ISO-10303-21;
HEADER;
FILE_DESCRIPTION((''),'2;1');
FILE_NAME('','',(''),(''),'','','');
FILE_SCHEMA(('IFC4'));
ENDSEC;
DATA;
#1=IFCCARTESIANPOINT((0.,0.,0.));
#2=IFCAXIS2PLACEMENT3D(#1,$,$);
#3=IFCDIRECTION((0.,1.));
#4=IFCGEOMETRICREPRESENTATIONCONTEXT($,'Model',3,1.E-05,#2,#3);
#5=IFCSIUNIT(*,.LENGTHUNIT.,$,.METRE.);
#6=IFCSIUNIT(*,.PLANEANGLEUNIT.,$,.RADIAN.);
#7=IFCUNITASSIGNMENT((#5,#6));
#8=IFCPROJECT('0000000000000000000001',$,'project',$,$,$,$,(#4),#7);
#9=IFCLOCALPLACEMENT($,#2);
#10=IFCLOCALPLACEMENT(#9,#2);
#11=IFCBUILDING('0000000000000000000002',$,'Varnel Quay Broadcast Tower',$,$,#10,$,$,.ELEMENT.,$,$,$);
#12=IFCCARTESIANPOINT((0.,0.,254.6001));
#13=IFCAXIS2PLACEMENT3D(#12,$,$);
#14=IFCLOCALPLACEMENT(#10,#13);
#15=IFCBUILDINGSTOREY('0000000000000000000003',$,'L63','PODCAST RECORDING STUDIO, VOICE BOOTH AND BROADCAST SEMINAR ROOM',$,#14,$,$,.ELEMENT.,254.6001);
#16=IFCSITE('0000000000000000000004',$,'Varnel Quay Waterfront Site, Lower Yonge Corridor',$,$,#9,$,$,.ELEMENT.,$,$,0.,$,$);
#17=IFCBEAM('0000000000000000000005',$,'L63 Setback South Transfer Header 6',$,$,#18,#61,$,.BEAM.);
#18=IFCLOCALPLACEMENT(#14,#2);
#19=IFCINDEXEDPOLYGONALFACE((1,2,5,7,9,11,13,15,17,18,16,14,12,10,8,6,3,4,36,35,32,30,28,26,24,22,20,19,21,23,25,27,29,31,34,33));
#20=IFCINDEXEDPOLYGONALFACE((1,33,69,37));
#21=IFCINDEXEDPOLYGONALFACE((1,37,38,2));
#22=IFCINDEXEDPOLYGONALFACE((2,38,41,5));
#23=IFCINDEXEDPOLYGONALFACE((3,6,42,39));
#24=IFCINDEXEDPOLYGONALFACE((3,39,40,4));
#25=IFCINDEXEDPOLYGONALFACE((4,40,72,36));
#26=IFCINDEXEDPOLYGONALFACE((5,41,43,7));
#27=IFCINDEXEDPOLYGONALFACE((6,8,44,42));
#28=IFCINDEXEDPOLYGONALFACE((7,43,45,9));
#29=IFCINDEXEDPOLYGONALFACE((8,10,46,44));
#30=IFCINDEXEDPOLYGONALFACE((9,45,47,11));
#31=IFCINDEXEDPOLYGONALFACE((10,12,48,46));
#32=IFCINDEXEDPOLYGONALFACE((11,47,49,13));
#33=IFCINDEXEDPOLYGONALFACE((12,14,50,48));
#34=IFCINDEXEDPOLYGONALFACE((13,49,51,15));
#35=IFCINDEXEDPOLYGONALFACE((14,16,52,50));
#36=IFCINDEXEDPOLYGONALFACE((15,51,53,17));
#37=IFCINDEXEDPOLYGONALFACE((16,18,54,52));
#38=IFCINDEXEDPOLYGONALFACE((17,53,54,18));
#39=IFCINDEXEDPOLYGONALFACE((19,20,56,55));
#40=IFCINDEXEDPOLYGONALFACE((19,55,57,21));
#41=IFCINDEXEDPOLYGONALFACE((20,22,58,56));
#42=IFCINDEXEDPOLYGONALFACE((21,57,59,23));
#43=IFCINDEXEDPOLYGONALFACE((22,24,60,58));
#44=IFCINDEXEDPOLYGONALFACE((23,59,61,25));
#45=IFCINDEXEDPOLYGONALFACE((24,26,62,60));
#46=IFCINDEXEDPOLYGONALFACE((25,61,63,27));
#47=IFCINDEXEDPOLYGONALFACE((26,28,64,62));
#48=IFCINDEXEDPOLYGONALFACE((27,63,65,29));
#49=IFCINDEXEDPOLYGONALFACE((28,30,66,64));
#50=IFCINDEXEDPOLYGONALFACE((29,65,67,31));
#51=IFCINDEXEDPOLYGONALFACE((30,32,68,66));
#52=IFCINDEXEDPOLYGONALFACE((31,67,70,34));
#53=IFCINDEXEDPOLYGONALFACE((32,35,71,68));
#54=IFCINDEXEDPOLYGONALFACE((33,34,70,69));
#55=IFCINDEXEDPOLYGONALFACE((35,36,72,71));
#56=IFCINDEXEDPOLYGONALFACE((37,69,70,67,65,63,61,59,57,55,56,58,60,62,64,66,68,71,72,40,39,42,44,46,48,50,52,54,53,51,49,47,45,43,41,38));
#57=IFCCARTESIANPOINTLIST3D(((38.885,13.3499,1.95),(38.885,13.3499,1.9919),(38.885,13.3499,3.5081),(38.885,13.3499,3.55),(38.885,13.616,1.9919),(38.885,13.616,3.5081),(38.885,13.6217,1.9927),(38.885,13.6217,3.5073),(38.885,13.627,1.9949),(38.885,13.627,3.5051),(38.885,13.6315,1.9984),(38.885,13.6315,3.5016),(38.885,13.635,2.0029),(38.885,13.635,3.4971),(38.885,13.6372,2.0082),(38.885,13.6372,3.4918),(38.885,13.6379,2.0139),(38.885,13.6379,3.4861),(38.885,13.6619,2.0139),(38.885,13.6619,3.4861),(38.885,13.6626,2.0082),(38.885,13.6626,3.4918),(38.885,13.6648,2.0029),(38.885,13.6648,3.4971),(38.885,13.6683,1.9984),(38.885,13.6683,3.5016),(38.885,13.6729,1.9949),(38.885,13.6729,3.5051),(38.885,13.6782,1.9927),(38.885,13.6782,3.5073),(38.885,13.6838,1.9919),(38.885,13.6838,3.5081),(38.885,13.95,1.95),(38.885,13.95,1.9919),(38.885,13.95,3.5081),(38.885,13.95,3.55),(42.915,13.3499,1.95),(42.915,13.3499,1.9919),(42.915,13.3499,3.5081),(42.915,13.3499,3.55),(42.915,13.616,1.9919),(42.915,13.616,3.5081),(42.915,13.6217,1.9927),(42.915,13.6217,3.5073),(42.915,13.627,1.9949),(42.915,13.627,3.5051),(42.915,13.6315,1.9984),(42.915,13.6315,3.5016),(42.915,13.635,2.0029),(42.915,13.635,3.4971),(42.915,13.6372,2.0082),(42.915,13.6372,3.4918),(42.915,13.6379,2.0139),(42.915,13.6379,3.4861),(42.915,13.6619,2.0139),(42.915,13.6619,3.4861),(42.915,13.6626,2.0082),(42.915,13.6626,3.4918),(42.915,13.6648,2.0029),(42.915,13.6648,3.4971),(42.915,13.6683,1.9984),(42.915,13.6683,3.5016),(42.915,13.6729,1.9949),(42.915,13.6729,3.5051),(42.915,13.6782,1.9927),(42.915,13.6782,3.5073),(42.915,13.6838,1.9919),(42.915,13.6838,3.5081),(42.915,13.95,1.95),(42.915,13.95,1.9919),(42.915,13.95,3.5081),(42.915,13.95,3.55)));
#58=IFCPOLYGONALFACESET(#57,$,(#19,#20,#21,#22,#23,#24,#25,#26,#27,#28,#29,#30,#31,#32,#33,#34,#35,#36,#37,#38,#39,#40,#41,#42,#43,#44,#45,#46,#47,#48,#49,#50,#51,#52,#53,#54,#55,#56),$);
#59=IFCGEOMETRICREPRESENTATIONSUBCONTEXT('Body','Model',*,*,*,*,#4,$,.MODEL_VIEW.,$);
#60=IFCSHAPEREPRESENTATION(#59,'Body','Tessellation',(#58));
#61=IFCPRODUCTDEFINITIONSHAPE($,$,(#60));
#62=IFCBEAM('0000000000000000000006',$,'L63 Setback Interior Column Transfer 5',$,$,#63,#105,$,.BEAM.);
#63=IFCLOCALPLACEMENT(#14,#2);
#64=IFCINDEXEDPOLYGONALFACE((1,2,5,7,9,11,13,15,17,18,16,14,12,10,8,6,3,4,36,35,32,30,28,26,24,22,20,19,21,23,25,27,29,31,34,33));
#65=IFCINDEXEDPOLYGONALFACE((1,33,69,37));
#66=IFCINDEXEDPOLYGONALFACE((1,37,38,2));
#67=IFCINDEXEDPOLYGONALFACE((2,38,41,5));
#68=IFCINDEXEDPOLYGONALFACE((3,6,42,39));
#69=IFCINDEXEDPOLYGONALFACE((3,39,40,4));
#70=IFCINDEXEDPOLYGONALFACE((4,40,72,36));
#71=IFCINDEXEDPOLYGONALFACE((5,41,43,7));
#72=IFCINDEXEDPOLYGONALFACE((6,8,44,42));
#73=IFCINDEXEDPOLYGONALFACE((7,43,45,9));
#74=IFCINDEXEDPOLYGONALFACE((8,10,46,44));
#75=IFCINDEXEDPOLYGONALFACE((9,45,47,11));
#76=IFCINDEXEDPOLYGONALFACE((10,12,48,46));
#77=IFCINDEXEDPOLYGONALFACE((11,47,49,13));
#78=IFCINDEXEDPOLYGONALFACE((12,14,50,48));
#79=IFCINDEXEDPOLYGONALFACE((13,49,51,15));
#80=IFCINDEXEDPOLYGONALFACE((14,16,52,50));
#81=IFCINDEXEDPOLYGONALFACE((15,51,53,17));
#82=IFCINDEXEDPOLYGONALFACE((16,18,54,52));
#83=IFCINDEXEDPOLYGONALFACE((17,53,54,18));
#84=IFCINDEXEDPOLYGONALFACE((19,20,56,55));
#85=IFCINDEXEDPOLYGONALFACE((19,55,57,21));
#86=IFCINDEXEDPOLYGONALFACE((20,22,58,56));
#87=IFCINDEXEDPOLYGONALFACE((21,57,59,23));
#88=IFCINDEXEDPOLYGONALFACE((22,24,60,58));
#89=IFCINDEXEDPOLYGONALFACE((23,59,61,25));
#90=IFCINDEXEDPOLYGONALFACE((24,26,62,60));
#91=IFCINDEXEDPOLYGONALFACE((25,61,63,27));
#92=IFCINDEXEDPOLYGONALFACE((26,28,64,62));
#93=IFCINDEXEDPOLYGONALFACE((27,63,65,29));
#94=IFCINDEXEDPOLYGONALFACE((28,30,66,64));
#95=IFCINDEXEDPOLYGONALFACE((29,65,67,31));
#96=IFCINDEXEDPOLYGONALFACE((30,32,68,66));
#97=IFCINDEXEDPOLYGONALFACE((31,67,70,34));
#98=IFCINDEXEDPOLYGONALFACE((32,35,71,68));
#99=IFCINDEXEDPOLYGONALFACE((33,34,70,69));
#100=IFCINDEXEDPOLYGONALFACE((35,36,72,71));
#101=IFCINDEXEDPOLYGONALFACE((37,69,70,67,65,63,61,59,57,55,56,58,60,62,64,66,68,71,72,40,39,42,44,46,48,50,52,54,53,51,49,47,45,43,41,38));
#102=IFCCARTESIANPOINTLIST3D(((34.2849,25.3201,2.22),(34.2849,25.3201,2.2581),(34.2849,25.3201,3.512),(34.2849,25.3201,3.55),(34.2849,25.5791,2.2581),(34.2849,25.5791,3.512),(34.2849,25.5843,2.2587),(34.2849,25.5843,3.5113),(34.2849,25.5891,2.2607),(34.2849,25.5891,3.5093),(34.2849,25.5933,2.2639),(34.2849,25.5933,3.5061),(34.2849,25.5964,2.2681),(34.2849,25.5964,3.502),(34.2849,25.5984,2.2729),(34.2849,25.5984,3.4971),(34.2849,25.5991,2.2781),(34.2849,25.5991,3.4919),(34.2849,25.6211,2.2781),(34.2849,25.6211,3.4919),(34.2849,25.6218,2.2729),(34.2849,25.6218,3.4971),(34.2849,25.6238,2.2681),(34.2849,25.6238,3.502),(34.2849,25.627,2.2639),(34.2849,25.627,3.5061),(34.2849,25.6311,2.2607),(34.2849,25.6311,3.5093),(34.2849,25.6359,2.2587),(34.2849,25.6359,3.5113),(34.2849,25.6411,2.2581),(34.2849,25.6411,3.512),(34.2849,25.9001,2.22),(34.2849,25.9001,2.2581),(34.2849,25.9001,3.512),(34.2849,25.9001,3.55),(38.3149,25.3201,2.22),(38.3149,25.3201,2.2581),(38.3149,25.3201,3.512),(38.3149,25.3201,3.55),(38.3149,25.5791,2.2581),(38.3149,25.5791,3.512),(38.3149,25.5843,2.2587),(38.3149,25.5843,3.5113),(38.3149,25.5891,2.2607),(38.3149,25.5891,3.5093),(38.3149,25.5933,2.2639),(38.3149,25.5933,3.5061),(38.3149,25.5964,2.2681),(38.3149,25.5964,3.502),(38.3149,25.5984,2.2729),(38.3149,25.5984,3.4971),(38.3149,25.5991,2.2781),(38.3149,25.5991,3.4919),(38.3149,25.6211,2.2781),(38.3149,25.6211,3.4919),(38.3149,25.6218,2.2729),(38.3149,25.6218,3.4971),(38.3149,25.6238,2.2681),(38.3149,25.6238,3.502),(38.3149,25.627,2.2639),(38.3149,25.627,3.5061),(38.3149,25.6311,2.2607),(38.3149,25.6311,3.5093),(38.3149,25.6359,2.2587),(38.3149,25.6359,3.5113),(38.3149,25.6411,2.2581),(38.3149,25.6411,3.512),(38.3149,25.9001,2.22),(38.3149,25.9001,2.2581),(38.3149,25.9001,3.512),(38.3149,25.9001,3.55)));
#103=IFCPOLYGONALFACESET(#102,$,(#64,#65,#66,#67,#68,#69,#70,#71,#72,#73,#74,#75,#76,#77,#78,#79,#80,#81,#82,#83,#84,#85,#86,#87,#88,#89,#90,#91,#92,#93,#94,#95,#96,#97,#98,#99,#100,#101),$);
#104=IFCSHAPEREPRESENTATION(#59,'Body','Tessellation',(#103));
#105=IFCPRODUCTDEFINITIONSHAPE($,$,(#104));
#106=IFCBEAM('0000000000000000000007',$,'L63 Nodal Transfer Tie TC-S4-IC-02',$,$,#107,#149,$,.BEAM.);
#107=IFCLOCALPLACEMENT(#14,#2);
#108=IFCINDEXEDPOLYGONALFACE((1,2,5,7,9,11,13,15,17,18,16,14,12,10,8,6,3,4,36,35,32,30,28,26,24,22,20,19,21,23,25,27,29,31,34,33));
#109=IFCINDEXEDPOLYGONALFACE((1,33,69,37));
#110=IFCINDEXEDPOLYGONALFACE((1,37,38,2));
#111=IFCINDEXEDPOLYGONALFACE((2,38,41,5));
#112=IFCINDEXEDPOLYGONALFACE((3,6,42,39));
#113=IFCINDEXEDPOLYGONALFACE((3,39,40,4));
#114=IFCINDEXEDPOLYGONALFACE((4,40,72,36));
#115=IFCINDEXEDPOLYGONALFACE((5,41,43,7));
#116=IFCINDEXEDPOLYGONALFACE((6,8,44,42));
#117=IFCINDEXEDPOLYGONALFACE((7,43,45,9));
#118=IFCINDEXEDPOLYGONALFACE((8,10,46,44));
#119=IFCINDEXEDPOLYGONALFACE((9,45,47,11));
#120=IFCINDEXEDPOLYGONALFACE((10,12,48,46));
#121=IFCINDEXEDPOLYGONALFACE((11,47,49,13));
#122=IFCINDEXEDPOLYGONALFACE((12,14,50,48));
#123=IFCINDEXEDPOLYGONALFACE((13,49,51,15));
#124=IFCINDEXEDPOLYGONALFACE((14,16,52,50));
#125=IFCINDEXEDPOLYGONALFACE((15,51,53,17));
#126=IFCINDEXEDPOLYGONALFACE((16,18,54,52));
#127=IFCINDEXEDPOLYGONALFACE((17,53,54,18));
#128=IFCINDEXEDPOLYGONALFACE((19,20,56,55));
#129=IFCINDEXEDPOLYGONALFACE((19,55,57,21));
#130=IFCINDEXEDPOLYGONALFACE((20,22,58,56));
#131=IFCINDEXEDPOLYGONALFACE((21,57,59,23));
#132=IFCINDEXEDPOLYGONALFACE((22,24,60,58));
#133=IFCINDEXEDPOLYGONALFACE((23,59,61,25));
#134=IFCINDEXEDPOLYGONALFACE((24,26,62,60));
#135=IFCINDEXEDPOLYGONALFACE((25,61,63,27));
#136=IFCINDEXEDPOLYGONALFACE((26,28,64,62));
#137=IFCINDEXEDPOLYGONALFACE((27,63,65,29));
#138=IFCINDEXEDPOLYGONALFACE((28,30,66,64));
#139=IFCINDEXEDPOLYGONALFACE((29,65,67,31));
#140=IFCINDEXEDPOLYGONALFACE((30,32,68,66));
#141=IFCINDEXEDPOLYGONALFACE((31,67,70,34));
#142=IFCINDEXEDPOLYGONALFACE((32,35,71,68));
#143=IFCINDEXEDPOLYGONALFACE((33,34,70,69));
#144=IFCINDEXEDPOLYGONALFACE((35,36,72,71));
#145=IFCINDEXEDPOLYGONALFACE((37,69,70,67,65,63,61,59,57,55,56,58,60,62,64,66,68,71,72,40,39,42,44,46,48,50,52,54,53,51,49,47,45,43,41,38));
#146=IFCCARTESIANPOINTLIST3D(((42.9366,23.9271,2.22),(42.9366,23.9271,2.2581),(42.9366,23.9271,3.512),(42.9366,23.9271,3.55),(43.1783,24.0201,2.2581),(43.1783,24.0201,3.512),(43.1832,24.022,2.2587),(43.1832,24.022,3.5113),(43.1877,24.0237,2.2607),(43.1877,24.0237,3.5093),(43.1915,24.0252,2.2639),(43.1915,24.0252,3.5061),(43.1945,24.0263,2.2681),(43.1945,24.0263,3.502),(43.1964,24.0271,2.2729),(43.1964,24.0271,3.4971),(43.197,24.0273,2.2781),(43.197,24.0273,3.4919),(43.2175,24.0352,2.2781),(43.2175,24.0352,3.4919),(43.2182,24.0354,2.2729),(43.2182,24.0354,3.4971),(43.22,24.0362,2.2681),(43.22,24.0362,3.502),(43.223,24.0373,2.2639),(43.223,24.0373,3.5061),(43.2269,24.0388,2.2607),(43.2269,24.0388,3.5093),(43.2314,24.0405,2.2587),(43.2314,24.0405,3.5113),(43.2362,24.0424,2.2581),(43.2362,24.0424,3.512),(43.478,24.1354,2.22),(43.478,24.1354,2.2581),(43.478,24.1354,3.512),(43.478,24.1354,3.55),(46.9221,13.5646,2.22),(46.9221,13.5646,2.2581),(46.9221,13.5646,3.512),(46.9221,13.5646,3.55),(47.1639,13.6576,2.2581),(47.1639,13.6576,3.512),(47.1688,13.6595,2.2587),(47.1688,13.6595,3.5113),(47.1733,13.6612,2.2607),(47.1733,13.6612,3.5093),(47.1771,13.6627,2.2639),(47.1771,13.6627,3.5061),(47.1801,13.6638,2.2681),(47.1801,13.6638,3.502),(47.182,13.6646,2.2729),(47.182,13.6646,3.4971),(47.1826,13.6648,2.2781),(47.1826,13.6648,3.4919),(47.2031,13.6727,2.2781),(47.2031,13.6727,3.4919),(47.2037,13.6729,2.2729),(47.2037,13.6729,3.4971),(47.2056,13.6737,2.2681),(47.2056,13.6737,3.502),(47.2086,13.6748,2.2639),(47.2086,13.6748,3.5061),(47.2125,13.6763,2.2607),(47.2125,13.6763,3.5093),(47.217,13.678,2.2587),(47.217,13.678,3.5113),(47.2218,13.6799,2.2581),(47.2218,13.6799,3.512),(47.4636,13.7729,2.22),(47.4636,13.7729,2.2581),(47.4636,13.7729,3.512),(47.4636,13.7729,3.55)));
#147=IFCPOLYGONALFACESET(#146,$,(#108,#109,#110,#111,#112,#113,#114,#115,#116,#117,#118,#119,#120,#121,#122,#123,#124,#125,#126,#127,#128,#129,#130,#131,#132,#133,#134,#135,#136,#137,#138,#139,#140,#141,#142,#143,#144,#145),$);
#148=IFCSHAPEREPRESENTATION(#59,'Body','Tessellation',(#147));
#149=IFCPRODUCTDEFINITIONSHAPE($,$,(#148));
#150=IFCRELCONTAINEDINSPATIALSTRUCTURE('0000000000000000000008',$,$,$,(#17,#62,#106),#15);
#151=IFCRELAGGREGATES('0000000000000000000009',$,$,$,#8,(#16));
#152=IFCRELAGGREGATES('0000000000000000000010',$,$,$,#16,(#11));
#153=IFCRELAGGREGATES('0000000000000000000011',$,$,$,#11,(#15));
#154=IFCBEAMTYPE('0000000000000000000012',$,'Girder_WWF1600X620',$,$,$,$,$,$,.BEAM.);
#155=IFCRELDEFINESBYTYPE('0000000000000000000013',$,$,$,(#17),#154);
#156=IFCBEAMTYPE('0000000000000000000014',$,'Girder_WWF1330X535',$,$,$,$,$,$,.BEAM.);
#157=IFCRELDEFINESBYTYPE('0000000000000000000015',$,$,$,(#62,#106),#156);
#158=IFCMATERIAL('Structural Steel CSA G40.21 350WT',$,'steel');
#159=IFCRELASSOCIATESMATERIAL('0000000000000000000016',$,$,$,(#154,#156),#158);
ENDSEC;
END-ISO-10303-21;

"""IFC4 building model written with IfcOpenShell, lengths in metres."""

from ifc_helpers import new_model, si_unit, direction, frame, origin, origin_2d, place, context, subcontext, project, spatial, i_section, extrude, source, transform, mapped, material, material_profile, profile_set, type_object, element, save


model = new_model("IFC4")

# Units and contexts
model_context = context("Model", 3, precision=1e-05, world=origin(), true_north=direction((0.0, 1.0)))
body_context = subcontext(model_context, "Body", "Model", "MODEL_VIEW")
ifc_project = project(units=[si_unit("LENGTHUNIT", "METRE"), si_unit("PLANEANGLEUNIT", "RADIAN")], contexts=[model_context])

# Site, building, storey
site_placement = place(None, origin())
site = spatial("IfcSite", under=ifc_project, at=site_placement, Name="Varnel Quay Waterfront Site, Lower Yonge Corridor", CompositionType="ELEMENT", RefElevation=0.0)
building_placement = place(site_placement, origin())
building = spatial("IfcBuilding", under=site, at=building_placement, Name="Varnel Quay Broadcast Tower", CompositionType="ELEMENT")
storey_placement = place(building_placement, frame((0.0, 0.0, 254.6001)))
storey = spatial("IfcBuildingStorey", under=building, at=storey_placement, Name="L63", Description="PODCAST RECORDING STUDIO, VOICE BOOTH AND BROADCAST SEMINAR ROOM", CompositionType="ELEMENT", Elevation=254.6001)

# Beams
ifc_material_1 = material(Name="Structural Steel CSA G40.21 350WT", Category="steel")
ifc_material_profile_1 = material_profile(ifc_material_1, i_section(OverallWidth=0.6001, OverallDepth=1.6001, WebThickness=0.0239, FlangeThickness=0.042, FilletRadius=0.022, at=origin_2d()), Name="WWF1600X620")
ifc_profile_set_1 = profile_set([ifc_material_profile_1], Name="Structural Steel CSA G40.21 350WT")
beam_type_1 = type_object("IfcBeamType", Name="Girder_WWF1600X620", PredefinedType="BEAM", material=ifc_profile_set_1)
ifc_material_profile_2 = material_profile(ifc_material_1, i_section(OverallWidth=0.5801, OverallDepth=1.3301, WebThickness=0.022, FlangeThickness=0.0381, FilletRadius=0.02, at=origin_2d()), Name="WWF1330X535")
ifc_profile_set_2 = profile_set([ifc_material_profile_2], Name="Structural Steel CSA G40.21 350WT")
beam_type_2 = type_object("IfcBeamType", Name="Girder_WWF1330X535", PredefinedType="BEAM", material=ifc_profile_set_2)
shared_shape_1 = source(origin(), body_context, "Body", "SweptSolid", [
    extrude(i_section(OverallWidth=0.6001, OverallDepth=1.6001, WebThickness=0.0239, FlangeThickness=0.042, FilletRadius=0.022, at=origin_2d()), origin(), (0.0, 0.0, 1.0), 4.03),
])
for number, where, z_axis, x_axis, name in (
    (1, (38.885, 13.6499, 2.75), (1.0, 0.0, 0.0), (0.0, 1.0, 0.0), "L63 Setback South Transfer Header 6"),
):
    element("IfcBeam", number, at=place(storey_placement, frame(where, z_axis=z_axis, x_axis=x_axis)), inside=storey, type_object=beam_type_1, Name=name, PredefinedType="BEAM", context=body_context, shape_type="MappedRepresentation", body=[
        mapped(shared_shape_1, transform((0.0, 0.0, 0.0), x_axis=(1.0, 0.0, 0.0), y_axis=(0.0, 1.0, 0.0), z_axis=(0.0, 0.0, 1.0), scale=1.0)),
    ])
shared_shape_2 = source(origin(), body_context, "Body", "SweptSolid", [
    extrude(i_section(OverallWidth=0.5801, OverallDepth=1.3301, WebThickness=0.022, FlangeThickness=0.0381, FilletRadius=0.02, at=origin_2d()), origin(), (0.0, 0.0, 1.0), 4.03),
])
beam_1_placement = place(storey_placement, frame((34.2849, 25.6101, 2.885), z_axis=(1.0, 0.0, 0.0), x_axis=(0.0, 1.0, 0.0)))
element("IfcBeam", 2, at=beam_1_placement, inside=storey, type_object=beam_type_2, Name="L63 Setback Interior Column Transfer 5", PredefinedType="BEAM", context=body_context, shape_type="MappedRepresentation", body=[
    mapped(shared_shape_2, transform((0.0, 0.0, 0.0), x_axis=(1.0, 0.0, 0.0), y_axis=(0.0, 1.0, 0.0), z_axis=(0.0, 0.0, 1.0), scale=1.0)),
])
shared_shape_3 = source(origin(), body_context, "Body", "SweptSolid", [
    extrude(i_section(OverallWidth=0.5801, OverallDepth=1.3301, WebThickness=0.022, FlangeThickness=0.0381, FilletRadius=0.02, at=origin_2d()), origin(), (0.0, 0.0, 1.0), 11.1025),
])
beam_2_placement = place(storey_placement, frame((43.2073, 24.0312, 2.885), z_axis=(0.358979, -0.933346, 0.0), x_axis=(0.933346, 0.358979, 0.0)))
element("IfcBeam", 3, at=beam_2_placement, inside=storey, type_object=beam_type_2, Name="L63 Nodal Transfer Tie TC-S4-IC-02", PredefinedType="BEAM", context=body_context, shape_type="MappedRepresentation", body=[
    mapped(shared_shape_3, transform((0.0, 0.0, 0.0), x_axis=(1.0, 0.0, 0.0), y_axis=(0.0, 1.0, 0.0), z_axis=(0.0, 0.0, 1.0), scale=1.0)),
])

save(model, "model.ifc")
